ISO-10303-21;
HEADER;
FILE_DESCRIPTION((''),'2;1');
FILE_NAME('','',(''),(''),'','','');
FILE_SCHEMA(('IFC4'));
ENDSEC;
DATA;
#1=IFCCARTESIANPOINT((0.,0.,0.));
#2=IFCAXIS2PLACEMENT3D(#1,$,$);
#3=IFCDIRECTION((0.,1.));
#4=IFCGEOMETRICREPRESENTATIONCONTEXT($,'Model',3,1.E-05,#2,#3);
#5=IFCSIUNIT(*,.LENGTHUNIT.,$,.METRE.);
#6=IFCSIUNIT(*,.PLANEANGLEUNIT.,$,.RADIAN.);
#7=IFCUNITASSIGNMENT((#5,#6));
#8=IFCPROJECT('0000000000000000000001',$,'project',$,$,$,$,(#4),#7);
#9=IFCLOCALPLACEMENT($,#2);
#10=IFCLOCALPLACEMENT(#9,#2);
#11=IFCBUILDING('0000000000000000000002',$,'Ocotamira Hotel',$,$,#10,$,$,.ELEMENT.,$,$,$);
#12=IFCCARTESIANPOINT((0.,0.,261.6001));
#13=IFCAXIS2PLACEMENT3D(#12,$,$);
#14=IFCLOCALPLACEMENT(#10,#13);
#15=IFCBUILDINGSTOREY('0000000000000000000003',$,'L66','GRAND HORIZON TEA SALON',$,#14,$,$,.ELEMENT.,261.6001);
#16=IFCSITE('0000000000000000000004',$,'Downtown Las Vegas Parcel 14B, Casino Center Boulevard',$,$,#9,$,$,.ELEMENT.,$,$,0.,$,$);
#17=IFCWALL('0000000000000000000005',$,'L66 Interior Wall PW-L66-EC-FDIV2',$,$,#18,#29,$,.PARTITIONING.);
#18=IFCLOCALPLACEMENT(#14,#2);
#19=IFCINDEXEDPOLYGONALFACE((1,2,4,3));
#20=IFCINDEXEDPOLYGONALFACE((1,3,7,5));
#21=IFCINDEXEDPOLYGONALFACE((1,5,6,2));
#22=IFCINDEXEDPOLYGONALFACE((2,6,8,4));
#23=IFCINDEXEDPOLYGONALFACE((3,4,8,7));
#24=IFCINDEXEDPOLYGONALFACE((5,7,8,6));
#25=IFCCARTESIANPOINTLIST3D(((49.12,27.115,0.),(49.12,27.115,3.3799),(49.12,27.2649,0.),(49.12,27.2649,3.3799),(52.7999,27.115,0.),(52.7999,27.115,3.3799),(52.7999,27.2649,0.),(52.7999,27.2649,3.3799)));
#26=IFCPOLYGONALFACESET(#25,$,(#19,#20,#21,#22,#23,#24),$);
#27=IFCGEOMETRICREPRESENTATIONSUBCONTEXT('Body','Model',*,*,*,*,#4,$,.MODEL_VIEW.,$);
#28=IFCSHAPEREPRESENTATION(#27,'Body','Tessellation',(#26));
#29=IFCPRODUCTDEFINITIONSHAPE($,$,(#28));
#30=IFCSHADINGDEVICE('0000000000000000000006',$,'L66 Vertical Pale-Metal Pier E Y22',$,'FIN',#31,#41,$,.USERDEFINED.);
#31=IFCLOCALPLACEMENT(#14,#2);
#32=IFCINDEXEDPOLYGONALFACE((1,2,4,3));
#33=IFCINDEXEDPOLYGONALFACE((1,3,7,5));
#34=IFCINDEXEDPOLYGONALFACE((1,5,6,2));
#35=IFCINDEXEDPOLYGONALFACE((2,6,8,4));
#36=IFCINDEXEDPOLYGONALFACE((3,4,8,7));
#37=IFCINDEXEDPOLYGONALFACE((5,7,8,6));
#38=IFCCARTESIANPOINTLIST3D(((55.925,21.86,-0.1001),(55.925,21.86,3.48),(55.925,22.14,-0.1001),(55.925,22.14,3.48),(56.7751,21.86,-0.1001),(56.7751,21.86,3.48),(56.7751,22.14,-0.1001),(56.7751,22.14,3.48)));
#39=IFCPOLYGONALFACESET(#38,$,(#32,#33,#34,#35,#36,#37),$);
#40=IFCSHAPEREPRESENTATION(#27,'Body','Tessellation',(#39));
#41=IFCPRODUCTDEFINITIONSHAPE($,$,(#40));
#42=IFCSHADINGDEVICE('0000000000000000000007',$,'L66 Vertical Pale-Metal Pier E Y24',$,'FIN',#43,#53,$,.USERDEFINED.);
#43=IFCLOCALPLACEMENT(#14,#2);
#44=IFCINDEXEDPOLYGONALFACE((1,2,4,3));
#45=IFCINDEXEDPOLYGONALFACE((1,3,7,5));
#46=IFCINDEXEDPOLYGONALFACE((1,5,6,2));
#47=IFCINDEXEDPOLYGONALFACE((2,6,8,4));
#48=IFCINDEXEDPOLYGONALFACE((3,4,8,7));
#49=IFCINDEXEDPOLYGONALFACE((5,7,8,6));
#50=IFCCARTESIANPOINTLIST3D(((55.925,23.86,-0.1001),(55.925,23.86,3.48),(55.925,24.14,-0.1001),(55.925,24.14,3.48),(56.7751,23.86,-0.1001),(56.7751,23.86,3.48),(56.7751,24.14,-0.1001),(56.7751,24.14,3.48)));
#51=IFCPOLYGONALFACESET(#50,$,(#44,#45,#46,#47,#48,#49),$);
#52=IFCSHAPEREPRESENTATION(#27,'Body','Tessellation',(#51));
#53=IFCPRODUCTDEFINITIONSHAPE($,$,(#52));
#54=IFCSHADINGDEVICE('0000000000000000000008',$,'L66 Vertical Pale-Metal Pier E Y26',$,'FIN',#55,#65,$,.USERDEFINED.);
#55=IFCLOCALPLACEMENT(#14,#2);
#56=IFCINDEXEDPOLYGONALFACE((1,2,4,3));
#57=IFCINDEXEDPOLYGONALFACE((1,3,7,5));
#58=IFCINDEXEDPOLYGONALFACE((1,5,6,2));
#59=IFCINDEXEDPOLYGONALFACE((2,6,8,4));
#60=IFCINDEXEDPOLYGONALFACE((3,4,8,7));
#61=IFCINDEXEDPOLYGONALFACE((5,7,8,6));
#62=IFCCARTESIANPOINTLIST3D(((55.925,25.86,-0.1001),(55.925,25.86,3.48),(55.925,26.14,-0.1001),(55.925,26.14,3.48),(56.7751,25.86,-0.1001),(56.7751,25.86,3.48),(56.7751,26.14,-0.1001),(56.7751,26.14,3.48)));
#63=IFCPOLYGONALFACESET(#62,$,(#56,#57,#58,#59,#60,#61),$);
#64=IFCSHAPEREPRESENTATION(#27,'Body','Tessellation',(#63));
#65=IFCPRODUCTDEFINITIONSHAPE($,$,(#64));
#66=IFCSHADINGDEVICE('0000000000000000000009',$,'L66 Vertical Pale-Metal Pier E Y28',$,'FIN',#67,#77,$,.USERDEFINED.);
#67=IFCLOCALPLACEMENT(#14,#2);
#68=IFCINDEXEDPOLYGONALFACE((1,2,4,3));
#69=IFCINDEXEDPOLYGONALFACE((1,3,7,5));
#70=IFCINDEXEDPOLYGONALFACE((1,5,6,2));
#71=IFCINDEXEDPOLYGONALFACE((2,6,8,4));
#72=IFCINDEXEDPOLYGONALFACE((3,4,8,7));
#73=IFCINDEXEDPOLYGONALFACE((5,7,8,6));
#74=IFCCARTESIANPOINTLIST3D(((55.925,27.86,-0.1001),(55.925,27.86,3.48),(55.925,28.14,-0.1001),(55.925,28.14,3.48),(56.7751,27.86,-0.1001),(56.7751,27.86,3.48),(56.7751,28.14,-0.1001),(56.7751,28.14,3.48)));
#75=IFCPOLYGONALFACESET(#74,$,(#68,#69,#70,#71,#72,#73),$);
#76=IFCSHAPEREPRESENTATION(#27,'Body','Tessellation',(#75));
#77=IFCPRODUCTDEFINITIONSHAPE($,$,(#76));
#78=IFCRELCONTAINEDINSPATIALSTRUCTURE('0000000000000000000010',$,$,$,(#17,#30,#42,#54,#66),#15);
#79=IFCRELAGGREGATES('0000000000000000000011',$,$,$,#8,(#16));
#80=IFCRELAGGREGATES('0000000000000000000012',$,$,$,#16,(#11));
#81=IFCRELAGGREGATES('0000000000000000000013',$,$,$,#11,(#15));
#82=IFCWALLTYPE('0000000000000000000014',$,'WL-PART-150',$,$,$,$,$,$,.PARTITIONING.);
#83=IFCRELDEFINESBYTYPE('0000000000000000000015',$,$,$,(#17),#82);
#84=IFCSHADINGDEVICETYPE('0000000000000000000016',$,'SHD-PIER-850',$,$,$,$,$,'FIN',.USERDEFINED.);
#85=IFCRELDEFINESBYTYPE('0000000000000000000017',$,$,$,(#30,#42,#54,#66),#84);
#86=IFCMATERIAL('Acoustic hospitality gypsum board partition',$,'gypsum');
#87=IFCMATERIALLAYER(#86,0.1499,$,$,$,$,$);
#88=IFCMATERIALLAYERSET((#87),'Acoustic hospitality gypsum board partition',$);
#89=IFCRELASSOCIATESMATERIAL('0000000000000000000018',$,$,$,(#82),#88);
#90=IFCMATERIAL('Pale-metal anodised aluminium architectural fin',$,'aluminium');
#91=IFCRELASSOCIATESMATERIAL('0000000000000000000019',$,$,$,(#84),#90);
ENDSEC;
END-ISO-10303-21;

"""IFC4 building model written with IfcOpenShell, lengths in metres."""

from ifc_helpers import new_model, si_unit, direction, frame, frame_2d, origin, origin_2d, place, context, subcontext, project, spatial, rectangle, extrude, source, transform, mapped, material, layer, layer_set, type_object, element, save


model = new_model("IFC4")

# Units and contexts
model_context = context("Model", 3, precision=1e-05, world=origin(), true_north=direction((0.0, 1.0)))
body_context = subcontext(model_context, "Body", "Model", "MODEL_VIEW")
ifc_project = project(units=[si_unit("LENGTHUNIT", "METRE"), si_unit("PLANEANGLEUNIT", "RADIAN")], contexts=[model_context])

# Site, building, storey
site_placement = place(None, origin())
site = spatial("IfcSite", under=ifc_project, at=site_placement, Name="Downtown Las Vegas Parcel 14B, Casino Center Boulevard", CompositionType="ELEMENT", RefElevation=0.0)
building_placement = place(site_placement, origin())
building = spatial("IfcBuilding", under=site, at=building_placement, Name="Ocotamira Hotel", CompositionType="ELEMENT")
storey_placement = place(building_placement, frame((0.0, 0.0, 261.6001)))
storey = spatial("IfcBuildingStorey", under=building, at=storey_placement, Name="L66", Description="GRAND HORIZON TEA SALON", CompositionType="ELEMENT", Elevation=261.6001)

# Shared definitions
ifc_material_1 = material(Name="Acoustic hospitality gypsum board partition", Category="gypsum")

# Wall
ifc_layer_1 = layer(ifc_material_1, 0.1499)
ifc_layer_set_1 = layer_set([ifc_layer_1], Name="Acoustic hospitality gypsum board partition")
wall_type_1 = type_object("IfcWallType", Name="WL-PART-150", PredefinedType="PARTITIONING", material=ifc_layer_set_1)
for number, where, z_axis, x_axis, name in (
    (1, (49.1201, 27.1899, 0.0), (0.0, 0.0, 1.0), (1.0, 0.0, 0.0), "L66 Interior Wall PW-L66-EC-FDIV2"),
):
    element("IfcWall", number, at=place(storey_placement, frame(where, z_axis=z_axis, x_axis=x_axis)), inside=storey, type_object=wall_type_1, Name=name, PredefinedType="PARTITIONING", context=body_context, shape_type="SweptSolid", body=[
        extrude(rectangle(XDim=3.6799, YDim=0.1499, at=frame_2d((1.8398, 0.0))), origin(), (0.0, 0.0, 1.0), 3.3799),
    ])

# Shading devices
ifc_material_2 = material(Name="Pale-metal anodised aluminium architectural fin", Category="aluminium")
shading_device_type = type_object("IfcShadingDeviceType", Name="SHD-PIER-850", ElementType="FIN", PredefinedType="USERDEFINED", material=ifc_material_2)
shared_shape_1 = source(origin(), body_context, "Body", "SweptSolid", [
    extrude(rectangle(XDim=0.8501, YDim=0.28, at=origin_2d()), origin(), (0.0, 0.0, 1.0), 3.5801),
])
for number, where, z_axis, x_axis, name in (
    (2, (56.3501, 22.0, -0.1001), (0.0, 0.0, 1.0), (1.0, 0.0, 0.0), "L66 Vertical Pale-Metal Pier E Y22"),
    (3, (56.3501, 24.0, -0.1001), (0.0, 0.0, 1.0), (1.0, 0.0, 0.0), "L66 Vertical Pale-Metal Pier E Y24"),
    (4, (56.3501, 26.0, -0.1001), (0.0, 0.0, 1.0), (1.0, 0.0, 0.0), "L66 Vertical Pale-Metal Pier E Y26"),
    (5, (56.3501, 28.0, -0.1001), (0.0, 0.0, 1.0), (1.0, 0.0, 0.0), "L66 Vertical Pale-Metal Pier E Y28"),
):
    element("IfcShadingDevice", number, at=place(storey_placement, frame(where, z_axis=z_axis, x_axis=x_axis)), inside=storey, type_object=shading_device_type, Name=name, ObjectType="FIN", PredefinedType="USERDEFINED", context=body_context, shape_type="MappedRepresentation", body=[
        mapped(shared_shape_1, transform((0.0, 0.0, 0.0), scale=1.0)),
    ])

save(model, "model.ifc")
